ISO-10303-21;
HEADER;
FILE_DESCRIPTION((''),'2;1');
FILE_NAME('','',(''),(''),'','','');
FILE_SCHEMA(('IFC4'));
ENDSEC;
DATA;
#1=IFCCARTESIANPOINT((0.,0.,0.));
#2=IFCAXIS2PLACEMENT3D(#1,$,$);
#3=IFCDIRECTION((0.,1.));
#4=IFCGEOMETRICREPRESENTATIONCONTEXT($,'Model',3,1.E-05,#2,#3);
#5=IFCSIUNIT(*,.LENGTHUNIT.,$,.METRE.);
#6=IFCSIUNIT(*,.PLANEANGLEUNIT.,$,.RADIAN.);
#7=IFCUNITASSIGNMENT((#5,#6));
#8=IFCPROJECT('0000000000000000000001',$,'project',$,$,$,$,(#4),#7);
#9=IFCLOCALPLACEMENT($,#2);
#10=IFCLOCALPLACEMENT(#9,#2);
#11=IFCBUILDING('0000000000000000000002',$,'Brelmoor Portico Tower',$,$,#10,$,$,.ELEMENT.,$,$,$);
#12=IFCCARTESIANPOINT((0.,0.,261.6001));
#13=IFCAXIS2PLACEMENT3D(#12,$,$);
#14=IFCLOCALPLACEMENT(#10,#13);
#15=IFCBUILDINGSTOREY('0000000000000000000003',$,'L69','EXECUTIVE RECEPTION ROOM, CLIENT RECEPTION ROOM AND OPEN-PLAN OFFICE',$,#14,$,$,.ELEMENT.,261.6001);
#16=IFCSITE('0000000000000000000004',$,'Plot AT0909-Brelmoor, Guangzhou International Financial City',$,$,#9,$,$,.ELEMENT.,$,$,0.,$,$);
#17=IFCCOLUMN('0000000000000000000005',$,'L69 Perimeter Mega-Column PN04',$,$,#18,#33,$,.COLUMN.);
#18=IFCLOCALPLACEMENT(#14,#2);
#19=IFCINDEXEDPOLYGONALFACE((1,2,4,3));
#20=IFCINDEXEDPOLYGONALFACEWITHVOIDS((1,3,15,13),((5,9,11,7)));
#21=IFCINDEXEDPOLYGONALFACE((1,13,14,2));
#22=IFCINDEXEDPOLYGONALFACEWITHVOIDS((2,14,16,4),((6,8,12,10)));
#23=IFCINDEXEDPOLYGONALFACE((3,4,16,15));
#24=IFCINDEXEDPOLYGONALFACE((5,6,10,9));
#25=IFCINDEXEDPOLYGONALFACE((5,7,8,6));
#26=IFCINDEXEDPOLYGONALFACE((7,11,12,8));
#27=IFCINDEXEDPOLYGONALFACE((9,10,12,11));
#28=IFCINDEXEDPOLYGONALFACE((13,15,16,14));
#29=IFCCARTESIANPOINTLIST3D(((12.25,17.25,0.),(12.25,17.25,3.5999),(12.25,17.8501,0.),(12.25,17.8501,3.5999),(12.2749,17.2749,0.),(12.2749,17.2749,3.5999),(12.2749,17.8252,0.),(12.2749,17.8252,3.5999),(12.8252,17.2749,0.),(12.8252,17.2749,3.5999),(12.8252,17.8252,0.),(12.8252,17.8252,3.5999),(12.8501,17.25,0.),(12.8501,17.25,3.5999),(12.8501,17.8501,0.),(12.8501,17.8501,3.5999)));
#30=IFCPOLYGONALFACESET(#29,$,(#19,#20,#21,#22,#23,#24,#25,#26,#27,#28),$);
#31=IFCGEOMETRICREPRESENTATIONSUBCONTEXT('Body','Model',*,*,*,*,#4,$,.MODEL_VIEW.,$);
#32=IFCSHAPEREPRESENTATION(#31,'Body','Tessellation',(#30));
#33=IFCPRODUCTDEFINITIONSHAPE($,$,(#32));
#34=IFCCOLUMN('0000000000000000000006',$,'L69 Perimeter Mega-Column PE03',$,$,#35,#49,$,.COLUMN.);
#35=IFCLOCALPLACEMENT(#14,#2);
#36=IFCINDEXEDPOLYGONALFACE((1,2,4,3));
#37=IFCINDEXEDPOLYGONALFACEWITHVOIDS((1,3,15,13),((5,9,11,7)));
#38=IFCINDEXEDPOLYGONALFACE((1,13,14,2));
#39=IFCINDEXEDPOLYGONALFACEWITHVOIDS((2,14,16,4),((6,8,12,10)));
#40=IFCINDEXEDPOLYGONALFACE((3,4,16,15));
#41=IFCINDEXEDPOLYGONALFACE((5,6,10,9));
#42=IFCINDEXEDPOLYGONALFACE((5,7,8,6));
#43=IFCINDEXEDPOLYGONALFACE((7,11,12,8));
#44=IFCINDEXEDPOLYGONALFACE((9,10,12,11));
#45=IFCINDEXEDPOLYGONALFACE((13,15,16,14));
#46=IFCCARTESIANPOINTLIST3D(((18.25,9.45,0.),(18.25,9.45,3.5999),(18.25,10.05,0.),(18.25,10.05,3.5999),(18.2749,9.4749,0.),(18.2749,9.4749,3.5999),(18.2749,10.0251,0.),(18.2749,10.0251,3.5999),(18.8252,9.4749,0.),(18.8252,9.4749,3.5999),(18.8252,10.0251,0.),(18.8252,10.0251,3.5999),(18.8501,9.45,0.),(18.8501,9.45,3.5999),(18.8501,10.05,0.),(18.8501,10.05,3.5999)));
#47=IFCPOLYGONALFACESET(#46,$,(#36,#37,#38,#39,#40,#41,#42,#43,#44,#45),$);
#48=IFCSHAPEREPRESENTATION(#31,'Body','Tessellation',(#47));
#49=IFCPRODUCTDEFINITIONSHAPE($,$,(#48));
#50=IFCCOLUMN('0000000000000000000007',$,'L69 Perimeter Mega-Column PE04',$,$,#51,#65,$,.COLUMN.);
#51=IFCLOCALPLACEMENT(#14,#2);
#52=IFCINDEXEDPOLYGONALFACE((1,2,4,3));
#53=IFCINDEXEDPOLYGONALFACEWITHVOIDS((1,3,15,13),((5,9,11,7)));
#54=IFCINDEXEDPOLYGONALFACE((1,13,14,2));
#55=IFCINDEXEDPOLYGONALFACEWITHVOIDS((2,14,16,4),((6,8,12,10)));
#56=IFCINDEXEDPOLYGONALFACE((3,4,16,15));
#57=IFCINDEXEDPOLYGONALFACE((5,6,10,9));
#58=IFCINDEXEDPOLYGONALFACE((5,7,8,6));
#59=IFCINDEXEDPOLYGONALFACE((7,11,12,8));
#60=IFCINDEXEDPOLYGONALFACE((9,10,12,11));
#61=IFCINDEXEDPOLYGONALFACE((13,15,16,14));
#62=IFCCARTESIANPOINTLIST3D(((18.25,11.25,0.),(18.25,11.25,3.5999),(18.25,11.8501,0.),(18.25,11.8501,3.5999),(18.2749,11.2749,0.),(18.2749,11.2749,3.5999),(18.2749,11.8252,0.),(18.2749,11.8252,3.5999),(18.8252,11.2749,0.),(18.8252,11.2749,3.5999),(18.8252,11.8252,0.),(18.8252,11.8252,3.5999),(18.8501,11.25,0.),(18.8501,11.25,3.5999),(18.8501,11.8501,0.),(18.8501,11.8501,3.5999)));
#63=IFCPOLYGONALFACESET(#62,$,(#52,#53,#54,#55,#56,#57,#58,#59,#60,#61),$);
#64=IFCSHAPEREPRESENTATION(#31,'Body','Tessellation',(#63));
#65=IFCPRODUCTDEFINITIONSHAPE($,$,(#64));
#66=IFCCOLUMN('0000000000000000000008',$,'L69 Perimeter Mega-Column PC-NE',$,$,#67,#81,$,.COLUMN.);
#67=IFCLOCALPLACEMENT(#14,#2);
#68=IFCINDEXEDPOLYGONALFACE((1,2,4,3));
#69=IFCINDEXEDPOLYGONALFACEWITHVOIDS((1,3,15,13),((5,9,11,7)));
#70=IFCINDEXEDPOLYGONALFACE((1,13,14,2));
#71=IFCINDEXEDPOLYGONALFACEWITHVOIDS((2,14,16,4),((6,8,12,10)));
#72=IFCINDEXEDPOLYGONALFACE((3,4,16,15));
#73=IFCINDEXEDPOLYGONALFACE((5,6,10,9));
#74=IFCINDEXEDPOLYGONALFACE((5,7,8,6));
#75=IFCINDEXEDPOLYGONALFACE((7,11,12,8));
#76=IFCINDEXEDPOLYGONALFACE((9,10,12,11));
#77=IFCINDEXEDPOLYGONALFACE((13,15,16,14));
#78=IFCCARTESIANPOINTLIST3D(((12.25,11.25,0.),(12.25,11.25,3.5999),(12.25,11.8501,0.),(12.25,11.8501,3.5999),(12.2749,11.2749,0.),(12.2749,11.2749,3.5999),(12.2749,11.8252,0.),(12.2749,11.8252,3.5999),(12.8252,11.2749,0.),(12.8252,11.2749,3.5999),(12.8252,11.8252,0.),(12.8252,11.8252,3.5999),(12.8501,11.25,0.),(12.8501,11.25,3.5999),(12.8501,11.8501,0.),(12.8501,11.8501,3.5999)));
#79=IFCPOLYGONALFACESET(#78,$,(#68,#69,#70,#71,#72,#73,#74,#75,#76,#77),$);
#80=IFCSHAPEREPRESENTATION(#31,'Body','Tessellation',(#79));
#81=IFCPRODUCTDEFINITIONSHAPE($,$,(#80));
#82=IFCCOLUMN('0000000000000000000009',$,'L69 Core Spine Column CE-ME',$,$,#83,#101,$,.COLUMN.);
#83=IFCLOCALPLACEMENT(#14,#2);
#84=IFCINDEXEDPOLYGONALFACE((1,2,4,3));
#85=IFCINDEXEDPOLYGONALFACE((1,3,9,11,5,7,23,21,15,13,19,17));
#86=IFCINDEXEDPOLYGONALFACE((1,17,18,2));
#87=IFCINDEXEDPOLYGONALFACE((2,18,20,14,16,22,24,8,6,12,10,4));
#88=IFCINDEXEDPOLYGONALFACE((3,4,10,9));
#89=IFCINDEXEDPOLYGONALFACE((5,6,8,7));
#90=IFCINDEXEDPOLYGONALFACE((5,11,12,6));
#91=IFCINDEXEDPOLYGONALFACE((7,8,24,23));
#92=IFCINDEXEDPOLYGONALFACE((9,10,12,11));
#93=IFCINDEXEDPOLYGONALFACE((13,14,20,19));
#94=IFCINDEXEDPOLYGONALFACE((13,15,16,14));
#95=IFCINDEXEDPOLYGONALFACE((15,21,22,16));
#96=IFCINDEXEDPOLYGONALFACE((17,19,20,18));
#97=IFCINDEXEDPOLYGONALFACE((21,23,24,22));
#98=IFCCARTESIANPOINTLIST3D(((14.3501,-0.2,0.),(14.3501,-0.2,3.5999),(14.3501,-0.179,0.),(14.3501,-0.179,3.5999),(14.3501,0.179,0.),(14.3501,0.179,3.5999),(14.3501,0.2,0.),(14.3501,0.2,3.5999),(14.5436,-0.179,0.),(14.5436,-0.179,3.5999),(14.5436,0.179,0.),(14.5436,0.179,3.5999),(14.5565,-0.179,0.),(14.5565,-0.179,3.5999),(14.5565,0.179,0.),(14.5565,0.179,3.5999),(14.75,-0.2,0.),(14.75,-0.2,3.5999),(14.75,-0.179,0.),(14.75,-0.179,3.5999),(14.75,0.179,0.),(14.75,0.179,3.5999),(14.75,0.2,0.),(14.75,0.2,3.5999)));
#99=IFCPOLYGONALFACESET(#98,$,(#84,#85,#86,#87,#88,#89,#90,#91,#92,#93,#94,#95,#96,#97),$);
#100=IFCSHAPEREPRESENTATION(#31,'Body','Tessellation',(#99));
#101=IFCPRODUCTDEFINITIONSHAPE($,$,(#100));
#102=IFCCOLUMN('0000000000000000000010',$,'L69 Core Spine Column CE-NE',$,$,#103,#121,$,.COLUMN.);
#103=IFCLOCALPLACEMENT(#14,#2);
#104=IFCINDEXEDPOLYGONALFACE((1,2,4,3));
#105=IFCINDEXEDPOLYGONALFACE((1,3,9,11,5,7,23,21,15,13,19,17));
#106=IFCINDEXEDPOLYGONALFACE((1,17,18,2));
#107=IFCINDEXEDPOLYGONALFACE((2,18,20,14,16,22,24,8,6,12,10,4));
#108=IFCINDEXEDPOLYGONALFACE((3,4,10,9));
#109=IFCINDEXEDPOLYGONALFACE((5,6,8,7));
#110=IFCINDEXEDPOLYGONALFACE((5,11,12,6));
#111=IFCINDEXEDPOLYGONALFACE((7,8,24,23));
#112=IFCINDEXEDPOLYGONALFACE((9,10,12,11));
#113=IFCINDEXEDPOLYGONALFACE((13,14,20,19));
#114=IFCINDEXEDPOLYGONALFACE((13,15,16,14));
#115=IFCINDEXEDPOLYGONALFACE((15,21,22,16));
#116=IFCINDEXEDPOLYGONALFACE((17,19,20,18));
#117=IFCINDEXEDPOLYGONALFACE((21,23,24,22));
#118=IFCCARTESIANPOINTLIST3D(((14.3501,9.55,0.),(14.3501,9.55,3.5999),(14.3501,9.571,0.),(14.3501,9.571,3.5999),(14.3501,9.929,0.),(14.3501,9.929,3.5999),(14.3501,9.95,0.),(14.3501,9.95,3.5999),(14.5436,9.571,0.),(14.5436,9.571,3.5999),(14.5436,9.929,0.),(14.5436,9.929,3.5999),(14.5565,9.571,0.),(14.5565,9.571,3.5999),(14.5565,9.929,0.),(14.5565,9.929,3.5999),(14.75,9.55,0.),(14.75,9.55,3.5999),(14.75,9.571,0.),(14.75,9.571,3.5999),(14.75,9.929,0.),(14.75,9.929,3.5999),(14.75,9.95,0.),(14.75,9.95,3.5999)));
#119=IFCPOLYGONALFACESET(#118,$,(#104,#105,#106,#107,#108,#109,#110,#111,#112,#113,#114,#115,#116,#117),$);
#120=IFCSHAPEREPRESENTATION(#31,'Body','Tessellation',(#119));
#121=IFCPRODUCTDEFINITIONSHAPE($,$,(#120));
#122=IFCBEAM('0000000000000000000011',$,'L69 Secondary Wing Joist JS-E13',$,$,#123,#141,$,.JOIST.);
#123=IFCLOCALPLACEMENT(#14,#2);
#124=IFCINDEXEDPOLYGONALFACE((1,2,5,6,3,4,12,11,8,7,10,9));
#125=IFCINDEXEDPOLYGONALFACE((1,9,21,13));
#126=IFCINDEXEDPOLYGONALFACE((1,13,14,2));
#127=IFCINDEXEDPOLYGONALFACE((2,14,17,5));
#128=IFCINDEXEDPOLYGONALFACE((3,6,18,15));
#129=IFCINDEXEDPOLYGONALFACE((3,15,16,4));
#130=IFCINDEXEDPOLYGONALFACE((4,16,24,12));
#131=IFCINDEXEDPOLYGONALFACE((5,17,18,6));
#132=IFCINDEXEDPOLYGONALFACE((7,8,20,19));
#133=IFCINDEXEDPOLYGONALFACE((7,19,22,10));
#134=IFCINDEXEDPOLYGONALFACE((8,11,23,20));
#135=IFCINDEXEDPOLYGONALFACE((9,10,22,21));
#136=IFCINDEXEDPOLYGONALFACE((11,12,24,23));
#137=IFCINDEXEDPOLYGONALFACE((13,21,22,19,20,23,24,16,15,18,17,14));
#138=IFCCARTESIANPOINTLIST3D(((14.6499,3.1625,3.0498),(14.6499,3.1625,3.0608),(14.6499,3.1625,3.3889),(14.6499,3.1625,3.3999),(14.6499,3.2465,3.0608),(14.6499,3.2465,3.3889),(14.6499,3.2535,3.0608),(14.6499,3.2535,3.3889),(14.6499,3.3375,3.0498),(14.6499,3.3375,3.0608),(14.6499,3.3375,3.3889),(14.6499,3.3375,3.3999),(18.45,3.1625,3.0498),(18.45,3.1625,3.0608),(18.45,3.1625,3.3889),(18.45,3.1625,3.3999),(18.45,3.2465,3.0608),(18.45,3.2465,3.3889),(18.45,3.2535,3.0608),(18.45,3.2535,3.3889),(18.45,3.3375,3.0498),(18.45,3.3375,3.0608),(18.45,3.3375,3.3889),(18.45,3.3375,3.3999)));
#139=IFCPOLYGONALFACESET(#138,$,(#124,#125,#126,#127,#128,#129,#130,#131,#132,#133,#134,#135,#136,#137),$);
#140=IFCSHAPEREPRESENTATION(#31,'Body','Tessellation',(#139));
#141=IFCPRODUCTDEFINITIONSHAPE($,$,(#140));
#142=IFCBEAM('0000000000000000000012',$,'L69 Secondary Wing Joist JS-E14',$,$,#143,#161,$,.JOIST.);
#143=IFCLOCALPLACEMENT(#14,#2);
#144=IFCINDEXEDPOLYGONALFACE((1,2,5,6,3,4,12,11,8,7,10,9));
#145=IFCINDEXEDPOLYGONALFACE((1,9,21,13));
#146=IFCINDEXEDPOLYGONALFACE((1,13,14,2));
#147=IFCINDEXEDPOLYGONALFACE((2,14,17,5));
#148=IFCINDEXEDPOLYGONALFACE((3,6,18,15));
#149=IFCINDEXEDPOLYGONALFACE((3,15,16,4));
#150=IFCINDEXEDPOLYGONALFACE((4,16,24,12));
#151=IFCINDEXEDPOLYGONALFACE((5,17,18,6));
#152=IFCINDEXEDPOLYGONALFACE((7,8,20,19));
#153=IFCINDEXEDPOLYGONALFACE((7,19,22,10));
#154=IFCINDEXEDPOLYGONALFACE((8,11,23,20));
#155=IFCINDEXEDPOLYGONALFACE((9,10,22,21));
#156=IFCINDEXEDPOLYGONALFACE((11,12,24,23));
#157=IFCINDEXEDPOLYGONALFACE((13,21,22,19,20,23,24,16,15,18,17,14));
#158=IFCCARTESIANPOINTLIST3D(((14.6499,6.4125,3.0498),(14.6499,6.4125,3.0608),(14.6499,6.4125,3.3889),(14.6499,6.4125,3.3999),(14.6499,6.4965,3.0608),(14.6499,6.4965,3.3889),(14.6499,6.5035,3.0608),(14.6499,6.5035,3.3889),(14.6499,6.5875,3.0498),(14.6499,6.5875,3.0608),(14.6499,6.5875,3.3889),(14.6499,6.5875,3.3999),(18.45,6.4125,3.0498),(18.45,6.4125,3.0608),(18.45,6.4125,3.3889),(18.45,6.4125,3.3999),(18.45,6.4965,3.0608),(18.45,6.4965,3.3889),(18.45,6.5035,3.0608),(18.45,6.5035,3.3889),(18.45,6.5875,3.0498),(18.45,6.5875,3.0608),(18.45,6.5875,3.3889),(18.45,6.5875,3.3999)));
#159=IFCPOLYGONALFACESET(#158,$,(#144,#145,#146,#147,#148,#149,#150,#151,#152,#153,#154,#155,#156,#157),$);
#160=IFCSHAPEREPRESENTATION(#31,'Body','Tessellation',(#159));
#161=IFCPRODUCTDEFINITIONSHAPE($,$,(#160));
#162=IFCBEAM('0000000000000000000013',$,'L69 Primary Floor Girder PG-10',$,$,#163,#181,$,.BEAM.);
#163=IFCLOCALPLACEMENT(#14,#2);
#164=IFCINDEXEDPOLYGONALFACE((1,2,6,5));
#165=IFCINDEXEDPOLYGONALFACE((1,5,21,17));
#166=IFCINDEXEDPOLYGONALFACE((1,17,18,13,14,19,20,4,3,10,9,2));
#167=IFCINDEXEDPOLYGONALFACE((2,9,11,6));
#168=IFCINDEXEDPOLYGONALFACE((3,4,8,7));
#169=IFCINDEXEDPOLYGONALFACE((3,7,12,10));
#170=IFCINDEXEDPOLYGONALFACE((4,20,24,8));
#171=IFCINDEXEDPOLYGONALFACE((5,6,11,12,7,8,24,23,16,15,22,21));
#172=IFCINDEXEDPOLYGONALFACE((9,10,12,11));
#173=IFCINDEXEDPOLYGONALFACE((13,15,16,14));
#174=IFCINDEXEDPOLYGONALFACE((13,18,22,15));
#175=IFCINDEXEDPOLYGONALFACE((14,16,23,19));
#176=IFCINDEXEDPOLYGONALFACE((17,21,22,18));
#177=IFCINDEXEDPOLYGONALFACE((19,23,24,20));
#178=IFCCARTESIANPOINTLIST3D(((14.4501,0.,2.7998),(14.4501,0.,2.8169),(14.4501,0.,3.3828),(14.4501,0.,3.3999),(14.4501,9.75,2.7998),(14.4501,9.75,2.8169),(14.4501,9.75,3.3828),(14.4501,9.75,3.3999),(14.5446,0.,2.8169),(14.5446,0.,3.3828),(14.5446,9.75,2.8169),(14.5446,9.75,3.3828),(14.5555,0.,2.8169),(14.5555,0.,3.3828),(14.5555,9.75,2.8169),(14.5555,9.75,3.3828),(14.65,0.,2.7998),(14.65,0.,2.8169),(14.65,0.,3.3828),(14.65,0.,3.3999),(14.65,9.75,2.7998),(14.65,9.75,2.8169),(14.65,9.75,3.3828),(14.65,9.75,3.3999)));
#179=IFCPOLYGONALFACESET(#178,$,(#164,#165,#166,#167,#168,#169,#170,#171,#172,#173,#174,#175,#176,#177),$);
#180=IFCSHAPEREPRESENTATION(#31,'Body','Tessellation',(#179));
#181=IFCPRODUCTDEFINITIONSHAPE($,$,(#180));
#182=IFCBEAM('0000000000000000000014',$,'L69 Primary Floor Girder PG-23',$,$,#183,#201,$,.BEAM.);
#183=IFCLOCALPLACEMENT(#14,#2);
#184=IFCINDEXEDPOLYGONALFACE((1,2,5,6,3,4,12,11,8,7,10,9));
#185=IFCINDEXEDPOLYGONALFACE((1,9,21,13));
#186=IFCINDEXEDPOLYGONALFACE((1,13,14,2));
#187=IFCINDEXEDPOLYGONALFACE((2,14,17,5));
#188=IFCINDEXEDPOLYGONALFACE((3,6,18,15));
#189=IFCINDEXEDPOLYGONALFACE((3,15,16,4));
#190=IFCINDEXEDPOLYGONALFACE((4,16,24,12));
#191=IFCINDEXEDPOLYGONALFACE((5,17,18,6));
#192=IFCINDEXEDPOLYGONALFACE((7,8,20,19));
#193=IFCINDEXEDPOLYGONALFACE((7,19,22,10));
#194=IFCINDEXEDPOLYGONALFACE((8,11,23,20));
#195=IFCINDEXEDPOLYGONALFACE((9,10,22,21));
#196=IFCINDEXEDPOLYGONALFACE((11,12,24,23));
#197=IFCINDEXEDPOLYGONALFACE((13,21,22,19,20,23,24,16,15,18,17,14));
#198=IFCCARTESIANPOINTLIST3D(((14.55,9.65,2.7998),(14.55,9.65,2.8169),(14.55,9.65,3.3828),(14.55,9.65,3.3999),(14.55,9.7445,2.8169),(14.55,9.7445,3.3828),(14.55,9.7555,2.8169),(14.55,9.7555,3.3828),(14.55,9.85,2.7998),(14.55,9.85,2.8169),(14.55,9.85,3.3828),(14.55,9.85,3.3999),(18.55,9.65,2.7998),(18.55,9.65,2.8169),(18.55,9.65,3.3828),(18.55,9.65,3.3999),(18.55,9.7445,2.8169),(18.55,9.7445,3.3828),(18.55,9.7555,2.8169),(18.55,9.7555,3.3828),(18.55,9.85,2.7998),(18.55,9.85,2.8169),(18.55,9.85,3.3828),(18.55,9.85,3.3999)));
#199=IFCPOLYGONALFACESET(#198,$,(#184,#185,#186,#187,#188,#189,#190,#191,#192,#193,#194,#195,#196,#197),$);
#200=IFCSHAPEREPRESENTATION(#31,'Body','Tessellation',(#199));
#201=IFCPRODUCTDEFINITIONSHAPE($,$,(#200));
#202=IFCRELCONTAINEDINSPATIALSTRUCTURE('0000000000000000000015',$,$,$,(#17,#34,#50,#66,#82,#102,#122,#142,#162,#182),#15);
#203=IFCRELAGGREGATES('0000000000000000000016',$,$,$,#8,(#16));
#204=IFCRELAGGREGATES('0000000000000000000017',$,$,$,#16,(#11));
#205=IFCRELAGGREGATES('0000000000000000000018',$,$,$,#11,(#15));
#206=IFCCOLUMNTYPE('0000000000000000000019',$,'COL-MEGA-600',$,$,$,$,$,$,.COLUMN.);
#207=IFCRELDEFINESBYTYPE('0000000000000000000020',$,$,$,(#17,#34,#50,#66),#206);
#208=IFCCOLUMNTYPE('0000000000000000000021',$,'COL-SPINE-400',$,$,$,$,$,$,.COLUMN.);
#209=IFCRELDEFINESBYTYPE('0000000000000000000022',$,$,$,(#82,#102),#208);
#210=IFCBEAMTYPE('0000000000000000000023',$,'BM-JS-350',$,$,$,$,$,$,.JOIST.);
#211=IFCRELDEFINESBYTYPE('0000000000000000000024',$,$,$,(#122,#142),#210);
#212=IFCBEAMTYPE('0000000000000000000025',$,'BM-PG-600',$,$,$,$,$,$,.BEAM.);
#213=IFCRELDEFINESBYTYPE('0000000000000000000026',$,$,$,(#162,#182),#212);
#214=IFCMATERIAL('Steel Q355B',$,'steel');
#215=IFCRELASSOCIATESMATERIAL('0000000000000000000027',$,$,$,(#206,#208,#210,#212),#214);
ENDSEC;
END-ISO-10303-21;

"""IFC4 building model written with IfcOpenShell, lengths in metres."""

from ifc_helpers import new_model, si_unit, direction, frame, origin, origin_2d, place, context, subcontext, project, spatial, hollow_rectangle, i_section, extrude, material, material_profile, profile_set, type_object, element, save


model = new_model("IFC4")

# Units and contexts
model_context = context("Model", 3, precision=1e-05, world=origin(), true_north=direction((0.0, 1.0)))
body_context = subcontext(model_context, "Body", "Model", "MODEL_VIEW")
ifc_project = project(units=[si_unit("LENGTHUNIT", "METRE"), si_unit("PLANEANGLEUNIT", "RADIAN")], contexts=[model_context])

# Site, building, storey
site_placement = place(None, origin())
site = spatial("IfcSite", under=ifc_project, at=site_placement, Name="Plot AT0909-Brelmoor, Guangzhou International Financial City", CompositionType="ELEMENT", RefElevation=0.0)
building_placement = place(site_placement, origin())
building = spatial("IfcBuilding", under=site, at=building_placement, Name="Brelmoor Portico Tower", CompositionType="ELEMENT")
storey_placement = place(building_placement, frame((0.0, 0.0, 261.6001)))
storey = spatial("IfcBuildingStorey", under=building, at=storey_placement, Name="L69", Description="EXECUTIVE RECEPTION ROOM, CLIENT RECEPTION ROOM AND OPEN-PLAN OFFICE", CompositionType="ELEMENT", Elevation=261.6001)

# Columns
ifc_material_1 = material(Name="Steel Q355B", Category="steel")
ifc_material_profile_1 = material_profile(ifc_material_1, hollow_rectangle(XDim=0.6001, YDim=0.6001, WallThickness=0.0249, at=origin_2d()), Name="BOX 600x600x25")
ifc_profile_set_1 = profile_set([ifc_material_profile_1], Name="Steel Q355B")
column_type_1 = type_object("IfcColumnType", Name="COL-MEGA-600", PredefinedType="COLUMN", material=ifc_profile_set_1)
for number, where, z_axis, x_axis, name in (
    (1, (12.55, 17.55, 0.0), (0.0, 0.0, 1.0), (1.0, 0.0, 0.0), "L69 Perimeter Mega-Column PN04"),
    (2, (18.55, 9.75, 0.0), (0.0, 0.0, 1.0), (0.0, 1.0, 0.0), "L69 Perimeter Mega-Column PE03"),
    (3, (18.55, 11.55, 0.0), (0.0, 0.0, 1.0), (0.0, 1.0, 0.0), "L69 Perimeter Mega-Column PE04"),
    (4, (12.55, 11.55, 0.0), (0.0, 0.0, 1.0), (1.0, 0.0, 0.0), "L69 Perimeter Mega-Column PC-NE"),
):
    element("IfcColumn", number, at=place(storey_placement, frame(where, z_axis=z_axis, x_axis=x_axis)), inside=storey, type_object=column_type_1, Name=name, PredefinedType="COLUMN", context=body_context, shape_type="SweptSolid", body=[
        extrude(hollow_rectangle(XDim=0.6001, YDim=0.6001, WallThickness=0.0249, at=origin_2d()), origin(), (0.0, 0.0, 1.0), 3.5999),
    ])
ifc_material_profile_2 = material_profile(ifc_material_1, i_section(OverallWidth=0.3999, OverallDepth=0.3999, WebThickness=0.0129, FlangeThickness=0.021, at=origin_2d()), Name="HW 400x400x13x21")
ifc_profile_set_2 = profile_set([ifc_material_profile_2], Name="Steel Q355B")
column_type_2 = type_object("IfcColumnType", Name="COL-SPINE-400", PredefinedType="COLUMN", material=ifc_profile_set_2)
for number, where, z_axis, x_axis, name in (
    (5, (14.55, 0.0, 0.0), (0.0, 0.0, 1.0), (1.0, 0.0, 0.0), "L69 Core Spine Column CE-ME"),
    (6, (14.55, 9.75, 0.0), (0.0, 0.0, 1.0), (1.0, 0.0, 0.0), "L69 Core Spine Column CE-NE"),
):
    element("IfcColumn", number, at=place(storey_placement, frame(where, z_axis=z_axis, x_axis=x_axis)), inside=storey, type_object=column_type_2, Name=name, PredefinedType="COLUMN", context=body_context, shape_type="SweptSolid", body=[
        extrude(i_section(OverallWidth=0.3999, OverallDepth=0.3999, WebThickness=0.0129, FlangeThickness=0.021, at=origin_2d()), origin(), (0.0, 0.0, 1.0), 3.5999),
    ])

# Beams
ifc_material_profile_3 = material_profile(ifc_material_1, i_section(OverallWidth=0.175, OverallDepth=0.3501, WebThickness=0.0071, FlangeThickness=0.011, at=origin_2d()), Name="HN 350x175x7x11")
ifc_profile_set_3 = profile_set([ifc_material_profile_3], Name="Steel Q355B")
beam_type_1 = type_object("IfcBeamType", Name="BM-JS-350", PredefinedType="JOIST", material=ifc_profile_set_3)
for number, where, z_axis, x_axis, name in (
    (7, (14.6499, 3.25, 3.2249), (1.0, 0.0, 0.0), (0.0, 1.0, 0.0), "L69 Secondary Wing Joist JS-E13"),
    (8, (14.6499, 6.5, 3.2249), (1.0, 0.0, 0.0), (0.0, 1.0, 0.0), "L69 Secondary Wing Joist JS-E14"),
):
    element("IfcBeam", number, at=place(storey_placement, frame(where, z_axis=z_axis, x_axis=x_axis)), inside=storey, type_object=beam_type_1, Name=name, PredefinedType="JOIST", context=body_context, shape_type="SweptSolid", body=[
        extrude(i_section(OverallWidth=0.175, OverallDepth=0.3501, WebThickness=0.0071, FlangeThickness=0.011, at=origin_2d()), origin(), (0.0, 0.0, 1.0), 3.8),
    ])
ifc_material_profile_4 = material_profile(ifc_material_1, i_section(OverallWidth=0.2, OverallDepth=0.6001, WebThickness=0.011, FlangeThickness=0.0171, at=origin_2d()), Name="HN 600x200x11x17")
ifc_profile_set_4 = profile_set([ifc_material_profile_4], Name="Steel Q355B")
beam_type_2 = type_object("IfcBeamType", Name="BM-PG-600", PredefinedType="BEAM", material=ifc_profile_set_4)
beam_1_placement = place(storey_placement, frame((14.55, 0.0, 3.0999), z_axis=(0.0, 1.0, 0.0), x_axis=(-1.0, 0.0, 0.0)))
element("IfcBeam", 9, at=beam_1_placement, inside=storey, type_object=beam_type_2, Name="L69 Primary Floor Girder PG-10", PredefinedType="BEAM", context=body_context, shape_type="SweptSolid", body=[
    extrude(i_section(OverallWidth=0.2, OverallDepth=0.6001, WebThickness=0.011, FlangeThickness=0.0171, at=origin_2d()), origin(), (0.0, 0.0, 1.0), 9.75),
])
beam_2_placement = place(storey_placement, frame((14.55, 9.75, 3.0999), z_axis=(1.0, 0.0, 0.0), x_axis=(0.0, 1.0, 0.0)))
element("IfcBeam", 10, at=beam_2_placement, inside=storey, type_object=beam_type_2, Name="L69 Primary Floor Girder PG-23", PredefinedType="BEAM", context=body_context, shape_type="SweptSolid", body=[
    extrude(i_section(OverallWidth=0.2, OverallDepth=0.6001, WebThickness=0.011, FlangeThickness=0.0171, at=origin_2d()), origin(), (0.0, 0.0, 1.0), 4.0),
])

save(model, "model.ifc")
